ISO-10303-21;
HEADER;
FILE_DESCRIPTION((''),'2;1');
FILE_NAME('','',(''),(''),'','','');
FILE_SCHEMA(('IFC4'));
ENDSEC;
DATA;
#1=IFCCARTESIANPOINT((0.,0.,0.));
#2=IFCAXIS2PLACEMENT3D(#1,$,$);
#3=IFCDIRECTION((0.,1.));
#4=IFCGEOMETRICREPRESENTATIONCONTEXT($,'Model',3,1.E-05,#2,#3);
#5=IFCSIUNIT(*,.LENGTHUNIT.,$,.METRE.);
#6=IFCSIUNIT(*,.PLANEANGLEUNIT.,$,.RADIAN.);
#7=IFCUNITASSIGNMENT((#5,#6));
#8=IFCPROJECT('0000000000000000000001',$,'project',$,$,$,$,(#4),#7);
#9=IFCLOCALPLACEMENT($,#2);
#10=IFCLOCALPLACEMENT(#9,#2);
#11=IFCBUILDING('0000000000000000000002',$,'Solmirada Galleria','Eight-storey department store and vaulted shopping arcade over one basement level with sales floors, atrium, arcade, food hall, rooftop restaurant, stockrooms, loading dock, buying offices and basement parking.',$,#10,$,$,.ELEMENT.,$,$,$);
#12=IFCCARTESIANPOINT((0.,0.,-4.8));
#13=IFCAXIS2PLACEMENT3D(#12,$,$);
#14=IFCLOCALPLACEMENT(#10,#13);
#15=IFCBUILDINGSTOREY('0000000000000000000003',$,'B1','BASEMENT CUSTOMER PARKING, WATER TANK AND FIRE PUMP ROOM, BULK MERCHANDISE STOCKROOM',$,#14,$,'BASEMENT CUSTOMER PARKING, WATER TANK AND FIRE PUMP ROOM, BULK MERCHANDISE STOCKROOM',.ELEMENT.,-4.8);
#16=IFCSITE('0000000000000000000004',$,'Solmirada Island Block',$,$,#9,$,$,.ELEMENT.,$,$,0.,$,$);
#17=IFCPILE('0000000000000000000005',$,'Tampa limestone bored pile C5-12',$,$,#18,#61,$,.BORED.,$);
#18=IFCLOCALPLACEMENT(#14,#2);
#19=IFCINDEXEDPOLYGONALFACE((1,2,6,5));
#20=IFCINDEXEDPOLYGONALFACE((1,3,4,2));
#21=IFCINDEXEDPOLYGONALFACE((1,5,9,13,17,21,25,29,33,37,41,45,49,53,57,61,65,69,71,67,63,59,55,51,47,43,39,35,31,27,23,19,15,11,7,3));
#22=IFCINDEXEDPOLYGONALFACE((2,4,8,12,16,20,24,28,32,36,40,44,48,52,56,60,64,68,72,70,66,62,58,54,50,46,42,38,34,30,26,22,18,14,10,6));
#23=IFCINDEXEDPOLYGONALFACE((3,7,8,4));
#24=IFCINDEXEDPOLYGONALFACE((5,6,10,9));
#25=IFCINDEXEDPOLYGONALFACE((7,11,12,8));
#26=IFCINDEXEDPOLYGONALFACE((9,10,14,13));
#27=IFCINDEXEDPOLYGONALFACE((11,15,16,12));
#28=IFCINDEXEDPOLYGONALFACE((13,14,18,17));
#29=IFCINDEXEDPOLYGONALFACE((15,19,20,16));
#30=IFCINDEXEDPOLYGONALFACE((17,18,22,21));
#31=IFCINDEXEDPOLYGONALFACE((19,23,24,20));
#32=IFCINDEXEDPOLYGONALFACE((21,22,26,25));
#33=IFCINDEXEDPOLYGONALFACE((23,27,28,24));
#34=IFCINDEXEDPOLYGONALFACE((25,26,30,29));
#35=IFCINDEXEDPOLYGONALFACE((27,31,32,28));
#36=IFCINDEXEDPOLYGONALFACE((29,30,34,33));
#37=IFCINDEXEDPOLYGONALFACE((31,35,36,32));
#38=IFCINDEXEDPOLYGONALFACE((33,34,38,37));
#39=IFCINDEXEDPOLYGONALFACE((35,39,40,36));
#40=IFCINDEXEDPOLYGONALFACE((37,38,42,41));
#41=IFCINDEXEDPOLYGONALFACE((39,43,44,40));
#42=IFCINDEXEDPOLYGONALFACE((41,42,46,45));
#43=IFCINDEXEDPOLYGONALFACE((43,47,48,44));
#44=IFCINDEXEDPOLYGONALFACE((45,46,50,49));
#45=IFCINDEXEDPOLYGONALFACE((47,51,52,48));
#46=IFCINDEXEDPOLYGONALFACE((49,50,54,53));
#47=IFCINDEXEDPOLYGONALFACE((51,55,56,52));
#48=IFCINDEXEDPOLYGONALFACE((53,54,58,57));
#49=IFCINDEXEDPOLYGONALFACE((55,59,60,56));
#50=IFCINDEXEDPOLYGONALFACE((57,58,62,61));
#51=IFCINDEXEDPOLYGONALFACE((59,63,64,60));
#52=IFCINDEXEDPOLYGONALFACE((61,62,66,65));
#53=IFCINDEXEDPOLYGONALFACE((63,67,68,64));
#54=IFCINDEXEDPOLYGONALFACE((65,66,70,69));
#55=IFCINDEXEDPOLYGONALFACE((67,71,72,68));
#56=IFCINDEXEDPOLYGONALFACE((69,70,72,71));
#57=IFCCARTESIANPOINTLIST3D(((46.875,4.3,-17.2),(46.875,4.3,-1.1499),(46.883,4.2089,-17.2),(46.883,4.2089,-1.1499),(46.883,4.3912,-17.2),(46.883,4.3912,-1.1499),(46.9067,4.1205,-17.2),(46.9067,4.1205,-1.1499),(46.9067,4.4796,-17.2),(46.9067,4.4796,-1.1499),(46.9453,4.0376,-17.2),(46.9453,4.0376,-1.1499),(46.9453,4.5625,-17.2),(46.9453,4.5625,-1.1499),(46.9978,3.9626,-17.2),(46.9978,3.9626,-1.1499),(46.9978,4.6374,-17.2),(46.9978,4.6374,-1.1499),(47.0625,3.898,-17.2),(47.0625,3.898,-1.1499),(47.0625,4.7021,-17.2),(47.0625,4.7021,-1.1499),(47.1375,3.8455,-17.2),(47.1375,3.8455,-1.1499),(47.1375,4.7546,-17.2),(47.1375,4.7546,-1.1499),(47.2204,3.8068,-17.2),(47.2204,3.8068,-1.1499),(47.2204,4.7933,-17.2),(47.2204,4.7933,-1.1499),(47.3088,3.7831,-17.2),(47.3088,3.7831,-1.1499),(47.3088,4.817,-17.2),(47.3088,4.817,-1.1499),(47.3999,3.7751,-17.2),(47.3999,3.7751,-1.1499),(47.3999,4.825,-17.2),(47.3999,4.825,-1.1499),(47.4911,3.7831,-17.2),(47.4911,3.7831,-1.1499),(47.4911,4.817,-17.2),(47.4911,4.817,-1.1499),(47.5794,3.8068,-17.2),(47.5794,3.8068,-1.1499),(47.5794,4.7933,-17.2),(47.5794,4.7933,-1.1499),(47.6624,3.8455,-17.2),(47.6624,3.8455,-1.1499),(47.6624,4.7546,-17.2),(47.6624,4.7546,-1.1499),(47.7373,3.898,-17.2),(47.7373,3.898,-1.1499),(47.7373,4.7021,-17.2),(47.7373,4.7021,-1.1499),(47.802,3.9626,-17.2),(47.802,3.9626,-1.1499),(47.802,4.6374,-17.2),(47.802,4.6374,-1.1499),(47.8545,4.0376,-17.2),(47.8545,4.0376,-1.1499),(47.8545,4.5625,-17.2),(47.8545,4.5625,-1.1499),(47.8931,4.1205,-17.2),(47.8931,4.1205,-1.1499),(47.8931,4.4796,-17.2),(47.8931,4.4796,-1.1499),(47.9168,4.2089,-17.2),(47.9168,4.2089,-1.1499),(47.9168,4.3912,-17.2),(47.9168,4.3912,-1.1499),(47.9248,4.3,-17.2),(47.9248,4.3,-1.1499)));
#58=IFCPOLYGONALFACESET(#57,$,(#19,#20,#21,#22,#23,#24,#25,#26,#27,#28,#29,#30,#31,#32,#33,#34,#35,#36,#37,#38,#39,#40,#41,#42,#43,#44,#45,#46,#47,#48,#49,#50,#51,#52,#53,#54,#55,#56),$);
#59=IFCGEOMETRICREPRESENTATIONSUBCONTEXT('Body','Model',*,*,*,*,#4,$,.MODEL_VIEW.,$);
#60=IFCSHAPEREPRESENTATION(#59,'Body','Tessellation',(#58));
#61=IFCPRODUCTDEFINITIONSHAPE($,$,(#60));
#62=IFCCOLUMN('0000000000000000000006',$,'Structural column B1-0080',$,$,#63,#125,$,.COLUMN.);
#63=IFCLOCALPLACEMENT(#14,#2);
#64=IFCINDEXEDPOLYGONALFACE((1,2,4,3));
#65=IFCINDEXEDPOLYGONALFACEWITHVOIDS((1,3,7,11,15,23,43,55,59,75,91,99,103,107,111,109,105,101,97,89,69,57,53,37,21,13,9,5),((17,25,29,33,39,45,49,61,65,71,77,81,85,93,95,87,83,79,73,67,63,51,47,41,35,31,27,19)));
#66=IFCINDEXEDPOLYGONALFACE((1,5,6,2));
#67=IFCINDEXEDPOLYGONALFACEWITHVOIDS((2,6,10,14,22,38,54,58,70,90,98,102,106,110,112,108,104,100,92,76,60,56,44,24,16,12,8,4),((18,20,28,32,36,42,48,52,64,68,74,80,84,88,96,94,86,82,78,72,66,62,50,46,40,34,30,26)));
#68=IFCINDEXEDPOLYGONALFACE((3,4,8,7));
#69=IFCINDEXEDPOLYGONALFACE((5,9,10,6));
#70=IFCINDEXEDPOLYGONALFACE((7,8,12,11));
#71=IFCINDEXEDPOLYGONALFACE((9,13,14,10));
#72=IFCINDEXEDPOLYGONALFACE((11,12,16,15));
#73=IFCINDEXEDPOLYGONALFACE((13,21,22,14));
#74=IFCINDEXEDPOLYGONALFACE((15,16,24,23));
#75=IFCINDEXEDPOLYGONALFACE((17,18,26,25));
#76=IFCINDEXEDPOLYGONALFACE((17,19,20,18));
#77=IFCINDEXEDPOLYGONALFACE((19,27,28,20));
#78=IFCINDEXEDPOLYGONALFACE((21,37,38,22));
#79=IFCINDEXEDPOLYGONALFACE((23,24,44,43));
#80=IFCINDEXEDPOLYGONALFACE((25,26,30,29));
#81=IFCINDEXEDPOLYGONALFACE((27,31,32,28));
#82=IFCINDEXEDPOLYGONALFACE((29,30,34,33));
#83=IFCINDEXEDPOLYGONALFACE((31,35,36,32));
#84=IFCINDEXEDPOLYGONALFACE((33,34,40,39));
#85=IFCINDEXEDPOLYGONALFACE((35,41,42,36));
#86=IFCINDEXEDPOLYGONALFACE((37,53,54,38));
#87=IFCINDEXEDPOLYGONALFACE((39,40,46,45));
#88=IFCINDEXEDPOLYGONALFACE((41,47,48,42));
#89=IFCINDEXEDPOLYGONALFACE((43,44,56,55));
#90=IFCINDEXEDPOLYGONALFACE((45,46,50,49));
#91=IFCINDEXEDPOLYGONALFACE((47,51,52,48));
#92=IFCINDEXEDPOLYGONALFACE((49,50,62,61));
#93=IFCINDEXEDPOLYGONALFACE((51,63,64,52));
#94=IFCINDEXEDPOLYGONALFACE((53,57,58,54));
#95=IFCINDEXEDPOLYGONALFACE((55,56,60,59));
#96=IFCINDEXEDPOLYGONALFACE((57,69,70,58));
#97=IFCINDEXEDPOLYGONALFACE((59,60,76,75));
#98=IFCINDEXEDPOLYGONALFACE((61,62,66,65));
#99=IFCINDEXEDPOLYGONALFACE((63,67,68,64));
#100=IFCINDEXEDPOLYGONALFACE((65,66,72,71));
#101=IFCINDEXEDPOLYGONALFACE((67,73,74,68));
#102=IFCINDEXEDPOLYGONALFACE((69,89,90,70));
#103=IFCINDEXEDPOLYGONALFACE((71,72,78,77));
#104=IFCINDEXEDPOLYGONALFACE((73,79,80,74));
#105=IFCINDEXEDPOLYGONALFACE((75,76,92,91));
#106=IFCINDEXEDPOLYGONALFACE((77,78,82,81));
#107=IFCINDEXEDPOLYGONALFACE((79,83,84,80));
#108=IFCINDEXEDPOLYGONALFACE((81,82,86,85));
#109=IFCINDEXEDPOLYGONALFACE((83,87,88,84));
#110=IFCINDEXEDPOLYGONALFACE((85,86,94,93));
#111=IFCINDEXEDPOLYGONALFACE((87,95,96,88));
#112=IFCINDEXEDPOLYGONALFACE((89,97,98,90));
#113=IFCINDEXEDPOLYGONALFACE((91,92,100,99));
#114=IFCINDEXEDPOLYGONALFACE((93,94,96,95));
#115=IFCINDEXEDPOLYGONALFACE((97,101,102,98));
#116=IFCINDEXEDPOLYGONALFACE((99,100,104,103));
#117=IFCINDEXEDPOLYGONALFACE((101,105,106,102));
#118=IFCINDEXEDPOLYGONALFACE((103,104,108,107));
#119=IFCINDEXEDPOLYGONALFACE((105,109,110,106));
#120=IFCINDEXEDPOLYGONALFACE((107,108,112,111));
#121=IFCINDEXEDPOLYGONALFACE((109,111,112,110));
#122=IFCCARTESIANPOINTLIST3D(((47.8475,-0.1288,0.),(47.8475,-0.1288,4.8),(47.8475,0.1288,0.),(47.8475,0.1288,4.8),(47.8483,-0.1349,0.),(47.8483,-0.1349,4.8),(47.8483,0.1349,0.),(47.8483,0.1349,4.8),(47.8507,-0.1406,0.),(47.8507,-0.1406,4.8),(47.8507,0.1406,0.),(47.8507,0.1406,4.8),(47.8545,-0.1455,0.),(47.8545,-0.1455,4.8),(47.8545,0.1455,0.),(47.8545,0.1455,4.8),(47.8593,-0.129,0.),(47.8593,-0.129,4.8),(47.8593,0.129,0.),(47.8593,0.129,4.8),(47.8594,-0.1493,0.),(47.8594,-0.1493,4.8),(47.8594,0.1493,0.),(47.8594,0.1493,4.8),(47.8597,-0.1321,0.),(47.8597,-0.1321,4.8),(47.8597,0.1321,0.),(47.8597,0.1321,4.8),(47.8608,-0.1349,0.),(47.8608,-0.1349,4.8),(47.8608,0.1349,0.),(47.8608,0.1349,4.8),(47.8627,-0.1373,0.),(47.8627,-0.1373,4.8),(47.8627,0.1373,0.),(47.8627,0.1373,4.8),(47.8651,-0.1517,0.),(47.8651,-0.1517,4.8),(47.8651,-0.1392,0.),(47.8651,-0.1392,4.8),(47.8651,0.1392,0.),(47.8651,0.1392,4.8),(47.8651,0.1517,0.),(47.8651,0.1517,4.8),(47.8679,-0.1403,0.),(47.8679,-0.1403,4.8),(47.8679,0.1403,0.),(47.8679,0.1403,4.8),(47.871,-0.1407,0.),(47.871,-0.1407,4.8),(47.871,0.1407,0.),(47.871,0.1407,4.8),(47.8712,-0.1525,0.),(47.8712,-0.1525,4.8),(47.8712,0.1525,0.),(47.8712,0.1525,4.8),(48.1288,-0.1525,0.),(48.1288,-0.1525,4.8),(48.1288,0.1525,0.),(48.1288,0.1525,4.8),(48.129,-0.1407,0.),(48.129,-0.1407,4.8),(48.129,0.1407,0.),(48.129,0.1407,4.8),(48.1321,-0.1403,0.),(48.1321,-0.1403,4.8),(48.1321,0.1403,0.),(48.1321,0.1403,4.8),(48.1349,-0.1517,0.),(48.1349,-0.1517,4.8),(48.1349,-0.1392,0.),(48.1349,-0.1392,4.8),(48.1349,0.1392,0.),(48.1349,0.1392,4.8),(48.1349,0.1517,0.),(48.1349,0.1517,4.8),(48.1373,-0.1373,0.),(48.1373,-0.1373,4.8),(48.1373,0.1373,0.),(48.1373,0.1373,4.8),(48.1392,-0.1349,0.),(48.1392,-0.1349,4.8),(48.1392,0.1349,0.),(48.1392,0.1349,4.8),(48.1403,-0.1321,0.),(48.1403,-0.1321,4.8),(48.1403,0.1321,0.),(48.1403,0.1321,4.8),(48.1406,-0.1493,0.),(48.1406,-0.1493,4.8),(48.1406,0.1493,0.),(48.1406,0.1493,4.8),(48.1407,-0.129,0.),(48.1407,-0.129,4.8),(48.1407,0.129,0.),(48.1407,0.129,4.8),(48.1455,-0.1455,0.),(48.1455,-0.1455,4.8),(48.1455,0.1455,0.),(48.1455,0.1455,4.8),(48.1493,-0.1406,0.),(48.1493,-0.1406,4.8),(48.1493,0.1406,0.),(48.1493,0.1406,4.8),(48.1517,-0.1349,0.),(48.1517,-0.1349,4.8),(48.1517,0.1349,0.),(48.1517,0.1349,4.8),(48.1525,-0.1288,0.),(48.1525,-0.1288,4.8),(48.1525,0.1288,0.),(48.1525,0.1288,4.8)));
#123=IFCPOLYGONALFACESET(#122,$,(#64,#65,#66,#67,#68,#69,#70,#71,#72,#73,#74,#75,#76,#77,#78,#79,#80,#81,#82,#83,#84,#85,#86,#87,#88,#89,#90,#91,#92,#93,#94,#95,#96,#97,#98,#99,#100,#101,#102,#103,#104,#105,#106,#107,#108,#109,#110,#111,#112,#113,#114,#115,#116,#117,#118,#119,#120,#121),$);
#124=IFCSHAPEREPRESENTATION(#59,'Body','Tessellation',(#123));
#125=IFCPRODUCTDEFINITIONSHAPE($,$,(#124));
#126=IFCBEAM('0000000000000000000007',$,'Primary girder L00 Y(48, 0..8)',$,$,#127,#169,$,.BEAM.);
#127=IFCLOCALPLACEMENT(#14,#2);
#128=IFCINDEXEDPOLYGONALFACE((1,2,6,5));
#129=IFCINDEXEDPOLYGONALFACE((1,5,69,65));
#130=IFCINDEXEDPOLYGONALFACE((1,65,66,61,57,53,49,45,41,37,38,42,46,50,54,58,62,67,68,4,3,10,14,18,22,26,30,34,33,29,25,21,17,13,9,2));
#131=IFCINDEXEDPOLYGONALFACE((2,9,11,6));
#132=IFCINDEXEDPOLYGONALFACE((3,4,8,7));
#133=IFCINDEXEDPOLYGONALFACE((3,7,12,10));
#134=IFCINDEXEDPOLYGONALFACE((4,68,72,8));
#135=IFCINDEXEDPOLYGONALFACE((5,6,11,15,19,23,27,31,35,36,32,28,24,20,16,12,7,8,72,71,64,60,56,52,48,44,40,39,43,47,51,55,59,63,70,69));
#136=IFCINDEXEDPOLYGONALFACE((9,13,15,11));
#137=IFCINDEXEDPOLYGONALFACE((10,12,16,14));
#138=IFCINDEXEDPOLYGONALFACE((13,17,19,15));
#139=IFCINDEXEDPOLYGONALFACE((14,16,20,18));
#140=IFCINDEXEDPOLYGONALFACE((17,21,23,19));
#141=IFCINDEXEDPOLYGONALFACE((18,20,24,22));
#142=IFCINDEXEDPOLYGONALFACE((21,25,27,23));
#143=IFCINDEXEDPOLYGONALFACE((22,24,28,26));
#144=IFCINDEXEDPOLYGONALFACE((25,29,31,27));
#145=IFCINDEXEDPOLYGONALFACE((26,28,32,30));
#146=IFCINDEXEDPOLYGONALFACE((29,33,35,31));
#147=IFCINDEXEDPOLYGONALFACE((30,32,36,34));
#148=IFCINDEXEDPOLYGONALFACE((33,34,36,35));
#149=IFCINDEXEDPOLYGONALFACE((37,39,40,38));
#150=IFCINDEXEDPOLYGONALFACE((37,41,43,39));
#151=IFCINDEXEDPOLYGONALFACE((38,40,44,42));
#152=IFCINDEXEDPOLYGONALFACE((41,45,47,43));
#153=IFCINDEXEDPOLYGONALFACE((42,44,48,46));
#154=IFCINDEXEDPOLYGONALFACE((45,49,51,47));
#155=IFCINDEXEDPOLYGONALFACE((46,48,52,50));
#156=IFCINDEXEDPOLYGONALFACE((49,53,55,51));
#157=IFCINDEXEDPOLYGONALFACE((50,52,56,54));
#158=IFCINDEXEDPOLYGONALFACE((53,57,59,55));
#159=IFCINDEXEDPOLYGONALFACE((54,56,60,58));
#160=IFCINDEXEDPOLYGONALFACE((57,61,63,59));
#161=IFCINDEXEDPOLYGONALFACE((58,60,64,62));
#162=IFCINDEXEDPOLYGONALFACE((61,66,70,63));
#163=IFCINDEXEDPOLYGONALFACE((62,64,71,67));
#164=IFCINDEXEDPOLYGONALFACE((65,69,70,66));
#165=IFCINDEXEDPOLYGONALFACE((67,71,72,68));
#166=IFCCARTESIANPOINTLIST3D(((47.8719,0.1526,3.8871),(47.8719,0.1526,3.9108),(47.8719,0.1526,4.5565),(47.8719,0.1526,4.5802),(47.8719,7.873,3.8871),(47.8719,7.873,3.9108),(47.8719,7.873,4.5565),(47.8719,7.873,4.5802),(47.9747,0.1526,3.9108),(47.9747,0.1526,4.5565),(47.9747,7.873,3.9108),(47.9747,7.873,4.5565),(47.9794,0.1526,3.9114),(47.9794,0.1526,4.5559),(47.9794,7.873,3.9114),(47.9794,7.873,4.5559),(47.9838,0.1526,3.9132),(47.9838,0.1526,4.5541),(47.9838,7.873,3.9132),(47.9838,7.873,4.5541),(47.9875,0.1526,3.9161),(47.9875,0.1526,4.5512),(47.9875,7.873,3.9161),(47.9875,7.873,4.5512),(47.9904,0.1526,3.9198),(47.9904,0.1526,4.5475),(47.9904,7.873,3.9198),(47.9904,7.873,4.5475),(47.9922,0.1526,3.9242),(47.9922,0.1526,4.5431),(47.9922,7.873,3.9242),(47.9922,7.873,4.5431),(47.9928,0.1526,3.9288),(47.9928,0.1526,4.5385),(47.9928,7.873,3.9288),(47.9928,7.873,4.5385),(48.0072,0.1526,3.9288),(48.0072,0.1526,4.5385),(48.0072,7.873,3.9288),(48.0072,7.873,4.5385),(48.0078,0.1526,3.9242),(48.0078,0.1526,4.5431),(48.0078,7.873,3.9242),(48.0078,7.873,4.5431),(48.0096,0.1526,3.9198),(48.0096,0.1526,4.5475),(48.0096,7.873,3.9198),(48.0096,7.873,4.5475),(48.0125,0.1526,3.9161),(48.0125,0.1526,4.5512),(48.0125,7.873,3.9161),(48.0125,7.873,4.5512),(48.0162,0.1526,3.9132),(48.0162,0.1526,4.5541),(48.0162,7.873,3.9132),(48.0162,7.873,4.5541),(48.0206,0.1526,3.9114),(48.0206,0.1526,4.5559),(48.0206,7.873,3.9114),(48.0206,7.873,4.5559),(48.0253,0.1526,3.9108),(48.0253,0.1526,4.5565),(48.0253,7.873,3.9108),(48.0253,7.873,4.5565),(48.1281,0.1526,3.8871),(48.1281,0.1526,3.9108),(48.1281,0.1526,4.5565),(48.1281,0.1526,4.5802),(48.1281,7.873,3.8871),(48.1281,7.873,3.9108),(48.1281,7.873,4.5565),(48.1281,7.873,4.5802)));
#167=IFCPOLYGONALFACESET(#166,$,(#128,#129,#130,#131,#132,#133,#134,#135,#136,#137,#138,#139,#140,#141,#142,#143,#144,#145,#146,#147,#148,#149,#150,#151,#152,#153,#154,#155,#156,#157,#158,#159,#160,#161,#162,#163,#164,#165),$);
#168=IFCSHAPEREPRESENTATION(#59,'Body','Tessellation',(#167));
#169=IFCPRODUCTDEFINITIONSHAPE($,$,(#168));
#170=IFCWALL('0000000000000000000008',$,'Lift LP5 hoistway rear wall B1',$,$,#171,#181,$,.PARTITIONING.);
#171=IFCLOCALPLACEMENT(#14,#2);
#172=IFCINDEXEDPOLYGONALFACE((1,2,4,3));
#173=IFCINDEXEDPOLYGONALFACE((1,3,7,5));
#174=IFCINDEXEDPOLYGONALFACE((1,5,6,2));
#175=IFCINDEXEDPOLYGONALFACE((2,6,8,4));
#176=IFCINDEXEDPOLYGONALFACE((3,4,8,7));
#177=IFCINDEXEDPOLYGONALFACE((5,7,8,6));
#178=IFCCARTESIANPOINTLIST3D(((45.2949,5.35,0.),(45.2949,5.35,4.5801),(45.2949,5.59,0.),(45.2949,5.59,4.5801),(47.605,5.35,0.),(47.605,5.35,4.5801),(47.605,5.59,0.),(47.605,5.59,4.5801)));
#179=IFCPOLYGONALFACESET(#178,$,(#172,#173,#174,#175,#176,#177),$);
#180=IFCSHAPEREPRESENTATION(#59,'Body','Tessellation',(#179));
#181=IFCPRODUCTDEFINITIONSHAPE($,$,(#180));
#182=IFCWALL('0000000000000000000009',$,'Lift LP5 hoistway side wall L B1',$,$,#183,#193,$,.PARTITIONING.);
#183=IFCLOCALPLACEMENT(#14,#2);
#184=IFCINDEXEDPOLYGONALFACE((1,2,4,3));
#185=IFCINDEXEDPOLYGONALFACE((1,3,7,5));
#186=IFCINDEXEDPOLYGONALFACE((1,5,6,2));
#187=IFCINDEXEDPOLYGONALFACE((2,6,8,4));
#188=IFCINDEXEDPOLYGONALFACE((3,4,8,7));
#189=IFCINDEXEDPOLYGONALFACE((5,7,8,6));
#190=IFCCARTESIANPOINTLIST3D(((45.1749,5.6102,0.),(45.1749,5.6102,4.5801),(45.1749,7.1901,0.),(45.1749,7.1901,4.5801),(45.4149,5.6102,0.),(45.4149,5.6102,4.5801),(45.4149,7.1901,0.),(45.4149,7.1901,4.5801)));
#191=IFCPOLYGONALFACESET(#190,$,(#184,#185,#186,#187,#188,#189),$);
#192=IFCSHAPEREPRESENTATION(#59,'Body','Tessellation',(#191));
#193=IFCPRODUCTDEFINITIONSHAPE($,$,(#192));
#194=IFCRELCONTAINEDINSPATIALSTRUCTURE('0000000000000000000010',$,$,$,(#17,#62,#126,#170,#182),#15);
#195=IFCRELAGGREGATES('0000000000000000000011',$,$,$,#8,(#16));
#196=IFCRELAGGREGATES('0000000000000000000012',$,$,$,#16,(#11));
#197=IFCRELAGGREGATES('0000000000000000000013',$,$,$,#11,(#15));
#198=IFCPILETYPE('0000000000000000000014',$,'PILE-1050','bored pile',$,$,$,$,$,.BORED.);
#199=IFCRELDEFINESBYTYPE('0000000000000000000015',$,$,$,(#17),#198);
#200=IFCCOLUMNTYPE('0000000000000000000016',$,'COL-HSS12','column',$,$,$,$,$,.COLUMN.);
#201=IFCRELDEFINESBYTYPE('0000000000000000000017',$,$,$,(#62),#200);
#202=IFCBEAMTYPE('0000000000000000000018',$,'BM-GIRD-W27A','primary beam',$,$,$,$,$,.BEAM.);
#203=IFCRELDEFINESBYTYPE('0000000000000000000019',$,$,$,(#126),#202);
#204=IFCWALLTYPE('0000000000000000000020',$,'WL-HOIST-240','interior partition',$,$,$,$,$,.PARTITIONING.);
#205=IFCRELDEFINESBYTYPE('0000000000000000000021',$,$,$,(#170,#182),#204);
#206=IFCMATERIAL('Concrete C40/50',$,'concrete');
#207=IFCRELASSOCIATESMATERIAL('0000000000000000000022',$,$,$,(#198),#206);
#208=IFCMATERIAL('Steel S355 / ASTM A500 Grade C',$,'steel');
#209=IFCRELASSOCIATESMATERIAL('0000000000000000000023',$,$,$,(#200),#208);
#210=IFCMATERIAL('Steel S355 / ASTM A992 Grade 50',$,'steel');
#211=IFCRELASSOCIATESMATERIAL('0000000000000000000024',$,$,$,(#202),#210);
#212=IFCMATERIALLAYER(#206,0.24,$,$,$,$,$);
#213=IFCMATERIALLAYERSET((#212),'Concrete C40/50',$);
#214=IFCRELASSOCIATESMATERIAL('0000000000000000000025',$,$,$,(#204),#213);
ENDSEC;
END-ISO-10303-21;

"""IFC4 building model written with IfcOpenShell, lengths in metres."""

from ifc_helpers import new_model, si_unit, direction, frame, frame_2d, origin, origin_2d, place, context, subcontext, project, spatial, rectangle, hollow_rectangle, circle, i_section, extrude, material, layer, layer_set, material_profile, profile_set, type_object, element, save


model = new_model("IFC4")

# Units and contexts
model_context = context("Model", 3, precision=1e-05, world=origin(), true_north=direction((0.0, 1.0)))
body_context = subcontext(model_context, "Body", "Model", "MODEL_VIEW")
ifc_project = project(units=[si_unit("LENGTHUNIT", "METRE"), si_unit("PLANEANGLEUNIT", "RADIAN")], contexts=[model_context])

# Site, building, storey
site_placement = place(None, origin())
site = spatial("IfcSite", under=ifc_project, at=site_placement, Name="Solmirada Island Block", CompositionType="ELEMENT", RefElevation=0.0)
building_placement = place(site_placement, origin())
building = spatial("IfcBuilding", under=site, at=building_placement, Name="Solmirada Galleria", Description="Eight-storey department store and vaulted shopping arcade over one basement level with sales floors, atrium, arcade, food hall, rooftop restaurant, stockrooms, loading dock, buying offices and basement parking.", CompositionType="ELEMENT")
storey_placement = place(building_placement, frame((0.0, 0.0, -4.8)))
storey = spatial("IfcBuildingStorey", under=building, at=storey_placement, Name="B1", Description="BASEMENT CUSTOMER PARKING, WATER TANK AND FIRE PUMP ROOM, BULK MERCHANDISE STOCKROOM", LongName="BASEMENT CUSTOMER PARKING, WATER TANK AND FIRE PUMP ROOM, BULK MERCHANDISE STOCKROOM", CompositionType="ELEMENT", Elevation=-4.8)

# Pile
ifc_material_1 = material(Name="Concrete C40/50", Category="concrete")
ifc_material_profile_1 = material_profile(ifc_material_1, circle(Radius=0.5249, at=origin_2d()), Name="PILE1050")
ifc_profile_set_1 = profile_set([ifc_material_profile_1], Name="Concrete C40/50")
pile_type = type_object("IfcPileType", Name="PILE-1050", Description="bored pile", PredefinedType="BORED", material=ifc_profile_set_1)
for number, where, z_axis, x_axis, name in (
    (1, (47.3999, 4.3, -1.1499), (0.0, 0.0, -1.0), (1.0, 0.0, 0.0), "Tampa limestone bored pile C5-12"),
):
    element("IfcPile", number, at=place(storey_placement, frame(where, z_axis=z_axis, x_axis=x_axis)), inside=storey, type_object=pile_type, Name=name, PredefinedType="BORED", context=body_context, shape_type="SweptSolid", body=[
        extrude(circle(Radius=0.5249, at=origin_2d()), origin(), (0.0, 0.0, 1.0), 16.05),
    ])

# Column
ifc_material_2 = material(Name="Steel S355 / ASTM A500 Grade C", Category="steel")
ifc_material_profile_2 = material_profile(ifc_material_2, hollow_rectangle(XDim=0.3049, YDim=0.3049, WallThickness=0.0117, InnerFilletRadius=0.0117, OuterFilletRadius=0.0237, at=origin_2d()), Name="HSS12X12X1/2")
ifc_profile_set_2 = profile_set([ifc_material_profile_2], Name="Steel S355 / ASTM A500 Grade C")
column_type = type_object("IfcColumnType", Name="COL-HSS12", Description="column", PredefinedType="COLUMN", material=ifc_profile_set_2)
column_placement = place(storey_placement, frame((48.0, 0.0, 0.0), z_axis=(0.0, 0.0, 1.0), x_axis=(1.0, 0.0, 0.0)))
element("IfcColumn", 2, at=column_placement, inside=storey, type_object=column_type, Name="Structural column B1-0080", PredefinedType="COLUMN", context=body_context, shape_type="SweptSolid", body=[
    extrude(hollow_rectangle(XDim=0.3049, YDim=0.3049, WallThickness=0.0117, InnerFilletRadius=0.0117, OuterFilletRadius=0.0237, at=origin_2d()), origin(), (0.0, 0.0, 1.0), 4.8),
])

# Beam
ifc_material_3 = material(Name="Steel S355 / ASTM A992 Grade 50", Category="steel")
ifc_material_profile_3 = material_profile(ifc_material_3, i_section(OverallWidth=0.2561, OverallDepth=0.6931, WebThickness=0.0144, FlangeThickness=0.0237, FilletRadius=0.0181, at=origin_2d()), Name="W27X114")
ifc_profile_set_3 = profile_set([ifc_material_profile_3], Name="Steel S355 / ASTM A992 Grade 50")
beam_type = type_object("IfcBeamType", Name="BM-GIRD-W27A", Description="primary beam", PredefinedType="BEAM", material=ifc_profile_set_3)
beam_placement = place(storey_placement, frame((48.0, 0.1526, 4.2336), z_axis=(0.0, 1.0, 0.0), x_axis=(-1.0, 0.0, 0.0)))
element("IfcBeam", 3, at=beam_placement, inside=storey, type_object=beam_type, Name="Primary girder L00 Y(48, 0..8)", PredefinedType="BEAM", context=body_context, shape_type="SweptSolid", body=[
    extrude(i_section(OverallWidth=0.2561, OverallDepth=0.6931, WebThickness=0.0144, FlangeThickness=0.0237, FilletRadius=0.0181, at=origin_2d()), origin(), (0.0, 0.0, 1.0), 7.7205),
])

# Shared definitions
ifc_layer_1 = layer(ifc_material_1, 0.24)
ifc_layer_set_1 = layer_set([ifc_layer_1], Name="Concrete C40/50")
wall_type_1 = type_object("IfcWallType", Name="WL-HOIST-240", Description="interior partition", PredefinedType="PARTITIONING", material=ifc_layer_set_1)

# Walls
wall_1_placement = place(storey_placement, frame((45.2949, 5.47, 0.0), z_axis=(0.0, 0.0, 1.0), x_axis=(1.0, 0.0, 0.0)))
element("IfcWall", 4, at=wall_1_placement, inside=storey, type_object=wall_type_1, Name="Lift LP5 hoistway rear wall B1", PredefinedType="PARTITIONING", context=body_context, shape_type="SweptSolid", body=[
    extrude(rectangle(XDim=2.3101, YDim=0.24, at=frame_2d((1.155, 0.0))), origin(), (0.0, 0.0, 1.0), 4.5801),
])
for number, where, z_axis, x_axis, name in (
    (5, (45.2949, 5.6101, 0.0), (0.0, 0.0, 1.0), (0.0, 1.0, 0.0), "Lift LP5 hoistway side wall L B1"),
):
    element("IfcWall", number, at=place(storey_placement, frame(where, z_axis=z_axis, x_axis=x_axis)), inside=storey, type_object=wall_type_1, Name=name, PredefinedType="PARTITIONING", context=body_context, shape_type="SweptSolid", body=[
        extrude(rectangle(XDim=1.5798, YDim=0.24, at=frame_2d((0.79, 0.0))), origin(), (0.0, 0.0, 1.0), 4.5801),
    ])

save(model, "model.ifc")
